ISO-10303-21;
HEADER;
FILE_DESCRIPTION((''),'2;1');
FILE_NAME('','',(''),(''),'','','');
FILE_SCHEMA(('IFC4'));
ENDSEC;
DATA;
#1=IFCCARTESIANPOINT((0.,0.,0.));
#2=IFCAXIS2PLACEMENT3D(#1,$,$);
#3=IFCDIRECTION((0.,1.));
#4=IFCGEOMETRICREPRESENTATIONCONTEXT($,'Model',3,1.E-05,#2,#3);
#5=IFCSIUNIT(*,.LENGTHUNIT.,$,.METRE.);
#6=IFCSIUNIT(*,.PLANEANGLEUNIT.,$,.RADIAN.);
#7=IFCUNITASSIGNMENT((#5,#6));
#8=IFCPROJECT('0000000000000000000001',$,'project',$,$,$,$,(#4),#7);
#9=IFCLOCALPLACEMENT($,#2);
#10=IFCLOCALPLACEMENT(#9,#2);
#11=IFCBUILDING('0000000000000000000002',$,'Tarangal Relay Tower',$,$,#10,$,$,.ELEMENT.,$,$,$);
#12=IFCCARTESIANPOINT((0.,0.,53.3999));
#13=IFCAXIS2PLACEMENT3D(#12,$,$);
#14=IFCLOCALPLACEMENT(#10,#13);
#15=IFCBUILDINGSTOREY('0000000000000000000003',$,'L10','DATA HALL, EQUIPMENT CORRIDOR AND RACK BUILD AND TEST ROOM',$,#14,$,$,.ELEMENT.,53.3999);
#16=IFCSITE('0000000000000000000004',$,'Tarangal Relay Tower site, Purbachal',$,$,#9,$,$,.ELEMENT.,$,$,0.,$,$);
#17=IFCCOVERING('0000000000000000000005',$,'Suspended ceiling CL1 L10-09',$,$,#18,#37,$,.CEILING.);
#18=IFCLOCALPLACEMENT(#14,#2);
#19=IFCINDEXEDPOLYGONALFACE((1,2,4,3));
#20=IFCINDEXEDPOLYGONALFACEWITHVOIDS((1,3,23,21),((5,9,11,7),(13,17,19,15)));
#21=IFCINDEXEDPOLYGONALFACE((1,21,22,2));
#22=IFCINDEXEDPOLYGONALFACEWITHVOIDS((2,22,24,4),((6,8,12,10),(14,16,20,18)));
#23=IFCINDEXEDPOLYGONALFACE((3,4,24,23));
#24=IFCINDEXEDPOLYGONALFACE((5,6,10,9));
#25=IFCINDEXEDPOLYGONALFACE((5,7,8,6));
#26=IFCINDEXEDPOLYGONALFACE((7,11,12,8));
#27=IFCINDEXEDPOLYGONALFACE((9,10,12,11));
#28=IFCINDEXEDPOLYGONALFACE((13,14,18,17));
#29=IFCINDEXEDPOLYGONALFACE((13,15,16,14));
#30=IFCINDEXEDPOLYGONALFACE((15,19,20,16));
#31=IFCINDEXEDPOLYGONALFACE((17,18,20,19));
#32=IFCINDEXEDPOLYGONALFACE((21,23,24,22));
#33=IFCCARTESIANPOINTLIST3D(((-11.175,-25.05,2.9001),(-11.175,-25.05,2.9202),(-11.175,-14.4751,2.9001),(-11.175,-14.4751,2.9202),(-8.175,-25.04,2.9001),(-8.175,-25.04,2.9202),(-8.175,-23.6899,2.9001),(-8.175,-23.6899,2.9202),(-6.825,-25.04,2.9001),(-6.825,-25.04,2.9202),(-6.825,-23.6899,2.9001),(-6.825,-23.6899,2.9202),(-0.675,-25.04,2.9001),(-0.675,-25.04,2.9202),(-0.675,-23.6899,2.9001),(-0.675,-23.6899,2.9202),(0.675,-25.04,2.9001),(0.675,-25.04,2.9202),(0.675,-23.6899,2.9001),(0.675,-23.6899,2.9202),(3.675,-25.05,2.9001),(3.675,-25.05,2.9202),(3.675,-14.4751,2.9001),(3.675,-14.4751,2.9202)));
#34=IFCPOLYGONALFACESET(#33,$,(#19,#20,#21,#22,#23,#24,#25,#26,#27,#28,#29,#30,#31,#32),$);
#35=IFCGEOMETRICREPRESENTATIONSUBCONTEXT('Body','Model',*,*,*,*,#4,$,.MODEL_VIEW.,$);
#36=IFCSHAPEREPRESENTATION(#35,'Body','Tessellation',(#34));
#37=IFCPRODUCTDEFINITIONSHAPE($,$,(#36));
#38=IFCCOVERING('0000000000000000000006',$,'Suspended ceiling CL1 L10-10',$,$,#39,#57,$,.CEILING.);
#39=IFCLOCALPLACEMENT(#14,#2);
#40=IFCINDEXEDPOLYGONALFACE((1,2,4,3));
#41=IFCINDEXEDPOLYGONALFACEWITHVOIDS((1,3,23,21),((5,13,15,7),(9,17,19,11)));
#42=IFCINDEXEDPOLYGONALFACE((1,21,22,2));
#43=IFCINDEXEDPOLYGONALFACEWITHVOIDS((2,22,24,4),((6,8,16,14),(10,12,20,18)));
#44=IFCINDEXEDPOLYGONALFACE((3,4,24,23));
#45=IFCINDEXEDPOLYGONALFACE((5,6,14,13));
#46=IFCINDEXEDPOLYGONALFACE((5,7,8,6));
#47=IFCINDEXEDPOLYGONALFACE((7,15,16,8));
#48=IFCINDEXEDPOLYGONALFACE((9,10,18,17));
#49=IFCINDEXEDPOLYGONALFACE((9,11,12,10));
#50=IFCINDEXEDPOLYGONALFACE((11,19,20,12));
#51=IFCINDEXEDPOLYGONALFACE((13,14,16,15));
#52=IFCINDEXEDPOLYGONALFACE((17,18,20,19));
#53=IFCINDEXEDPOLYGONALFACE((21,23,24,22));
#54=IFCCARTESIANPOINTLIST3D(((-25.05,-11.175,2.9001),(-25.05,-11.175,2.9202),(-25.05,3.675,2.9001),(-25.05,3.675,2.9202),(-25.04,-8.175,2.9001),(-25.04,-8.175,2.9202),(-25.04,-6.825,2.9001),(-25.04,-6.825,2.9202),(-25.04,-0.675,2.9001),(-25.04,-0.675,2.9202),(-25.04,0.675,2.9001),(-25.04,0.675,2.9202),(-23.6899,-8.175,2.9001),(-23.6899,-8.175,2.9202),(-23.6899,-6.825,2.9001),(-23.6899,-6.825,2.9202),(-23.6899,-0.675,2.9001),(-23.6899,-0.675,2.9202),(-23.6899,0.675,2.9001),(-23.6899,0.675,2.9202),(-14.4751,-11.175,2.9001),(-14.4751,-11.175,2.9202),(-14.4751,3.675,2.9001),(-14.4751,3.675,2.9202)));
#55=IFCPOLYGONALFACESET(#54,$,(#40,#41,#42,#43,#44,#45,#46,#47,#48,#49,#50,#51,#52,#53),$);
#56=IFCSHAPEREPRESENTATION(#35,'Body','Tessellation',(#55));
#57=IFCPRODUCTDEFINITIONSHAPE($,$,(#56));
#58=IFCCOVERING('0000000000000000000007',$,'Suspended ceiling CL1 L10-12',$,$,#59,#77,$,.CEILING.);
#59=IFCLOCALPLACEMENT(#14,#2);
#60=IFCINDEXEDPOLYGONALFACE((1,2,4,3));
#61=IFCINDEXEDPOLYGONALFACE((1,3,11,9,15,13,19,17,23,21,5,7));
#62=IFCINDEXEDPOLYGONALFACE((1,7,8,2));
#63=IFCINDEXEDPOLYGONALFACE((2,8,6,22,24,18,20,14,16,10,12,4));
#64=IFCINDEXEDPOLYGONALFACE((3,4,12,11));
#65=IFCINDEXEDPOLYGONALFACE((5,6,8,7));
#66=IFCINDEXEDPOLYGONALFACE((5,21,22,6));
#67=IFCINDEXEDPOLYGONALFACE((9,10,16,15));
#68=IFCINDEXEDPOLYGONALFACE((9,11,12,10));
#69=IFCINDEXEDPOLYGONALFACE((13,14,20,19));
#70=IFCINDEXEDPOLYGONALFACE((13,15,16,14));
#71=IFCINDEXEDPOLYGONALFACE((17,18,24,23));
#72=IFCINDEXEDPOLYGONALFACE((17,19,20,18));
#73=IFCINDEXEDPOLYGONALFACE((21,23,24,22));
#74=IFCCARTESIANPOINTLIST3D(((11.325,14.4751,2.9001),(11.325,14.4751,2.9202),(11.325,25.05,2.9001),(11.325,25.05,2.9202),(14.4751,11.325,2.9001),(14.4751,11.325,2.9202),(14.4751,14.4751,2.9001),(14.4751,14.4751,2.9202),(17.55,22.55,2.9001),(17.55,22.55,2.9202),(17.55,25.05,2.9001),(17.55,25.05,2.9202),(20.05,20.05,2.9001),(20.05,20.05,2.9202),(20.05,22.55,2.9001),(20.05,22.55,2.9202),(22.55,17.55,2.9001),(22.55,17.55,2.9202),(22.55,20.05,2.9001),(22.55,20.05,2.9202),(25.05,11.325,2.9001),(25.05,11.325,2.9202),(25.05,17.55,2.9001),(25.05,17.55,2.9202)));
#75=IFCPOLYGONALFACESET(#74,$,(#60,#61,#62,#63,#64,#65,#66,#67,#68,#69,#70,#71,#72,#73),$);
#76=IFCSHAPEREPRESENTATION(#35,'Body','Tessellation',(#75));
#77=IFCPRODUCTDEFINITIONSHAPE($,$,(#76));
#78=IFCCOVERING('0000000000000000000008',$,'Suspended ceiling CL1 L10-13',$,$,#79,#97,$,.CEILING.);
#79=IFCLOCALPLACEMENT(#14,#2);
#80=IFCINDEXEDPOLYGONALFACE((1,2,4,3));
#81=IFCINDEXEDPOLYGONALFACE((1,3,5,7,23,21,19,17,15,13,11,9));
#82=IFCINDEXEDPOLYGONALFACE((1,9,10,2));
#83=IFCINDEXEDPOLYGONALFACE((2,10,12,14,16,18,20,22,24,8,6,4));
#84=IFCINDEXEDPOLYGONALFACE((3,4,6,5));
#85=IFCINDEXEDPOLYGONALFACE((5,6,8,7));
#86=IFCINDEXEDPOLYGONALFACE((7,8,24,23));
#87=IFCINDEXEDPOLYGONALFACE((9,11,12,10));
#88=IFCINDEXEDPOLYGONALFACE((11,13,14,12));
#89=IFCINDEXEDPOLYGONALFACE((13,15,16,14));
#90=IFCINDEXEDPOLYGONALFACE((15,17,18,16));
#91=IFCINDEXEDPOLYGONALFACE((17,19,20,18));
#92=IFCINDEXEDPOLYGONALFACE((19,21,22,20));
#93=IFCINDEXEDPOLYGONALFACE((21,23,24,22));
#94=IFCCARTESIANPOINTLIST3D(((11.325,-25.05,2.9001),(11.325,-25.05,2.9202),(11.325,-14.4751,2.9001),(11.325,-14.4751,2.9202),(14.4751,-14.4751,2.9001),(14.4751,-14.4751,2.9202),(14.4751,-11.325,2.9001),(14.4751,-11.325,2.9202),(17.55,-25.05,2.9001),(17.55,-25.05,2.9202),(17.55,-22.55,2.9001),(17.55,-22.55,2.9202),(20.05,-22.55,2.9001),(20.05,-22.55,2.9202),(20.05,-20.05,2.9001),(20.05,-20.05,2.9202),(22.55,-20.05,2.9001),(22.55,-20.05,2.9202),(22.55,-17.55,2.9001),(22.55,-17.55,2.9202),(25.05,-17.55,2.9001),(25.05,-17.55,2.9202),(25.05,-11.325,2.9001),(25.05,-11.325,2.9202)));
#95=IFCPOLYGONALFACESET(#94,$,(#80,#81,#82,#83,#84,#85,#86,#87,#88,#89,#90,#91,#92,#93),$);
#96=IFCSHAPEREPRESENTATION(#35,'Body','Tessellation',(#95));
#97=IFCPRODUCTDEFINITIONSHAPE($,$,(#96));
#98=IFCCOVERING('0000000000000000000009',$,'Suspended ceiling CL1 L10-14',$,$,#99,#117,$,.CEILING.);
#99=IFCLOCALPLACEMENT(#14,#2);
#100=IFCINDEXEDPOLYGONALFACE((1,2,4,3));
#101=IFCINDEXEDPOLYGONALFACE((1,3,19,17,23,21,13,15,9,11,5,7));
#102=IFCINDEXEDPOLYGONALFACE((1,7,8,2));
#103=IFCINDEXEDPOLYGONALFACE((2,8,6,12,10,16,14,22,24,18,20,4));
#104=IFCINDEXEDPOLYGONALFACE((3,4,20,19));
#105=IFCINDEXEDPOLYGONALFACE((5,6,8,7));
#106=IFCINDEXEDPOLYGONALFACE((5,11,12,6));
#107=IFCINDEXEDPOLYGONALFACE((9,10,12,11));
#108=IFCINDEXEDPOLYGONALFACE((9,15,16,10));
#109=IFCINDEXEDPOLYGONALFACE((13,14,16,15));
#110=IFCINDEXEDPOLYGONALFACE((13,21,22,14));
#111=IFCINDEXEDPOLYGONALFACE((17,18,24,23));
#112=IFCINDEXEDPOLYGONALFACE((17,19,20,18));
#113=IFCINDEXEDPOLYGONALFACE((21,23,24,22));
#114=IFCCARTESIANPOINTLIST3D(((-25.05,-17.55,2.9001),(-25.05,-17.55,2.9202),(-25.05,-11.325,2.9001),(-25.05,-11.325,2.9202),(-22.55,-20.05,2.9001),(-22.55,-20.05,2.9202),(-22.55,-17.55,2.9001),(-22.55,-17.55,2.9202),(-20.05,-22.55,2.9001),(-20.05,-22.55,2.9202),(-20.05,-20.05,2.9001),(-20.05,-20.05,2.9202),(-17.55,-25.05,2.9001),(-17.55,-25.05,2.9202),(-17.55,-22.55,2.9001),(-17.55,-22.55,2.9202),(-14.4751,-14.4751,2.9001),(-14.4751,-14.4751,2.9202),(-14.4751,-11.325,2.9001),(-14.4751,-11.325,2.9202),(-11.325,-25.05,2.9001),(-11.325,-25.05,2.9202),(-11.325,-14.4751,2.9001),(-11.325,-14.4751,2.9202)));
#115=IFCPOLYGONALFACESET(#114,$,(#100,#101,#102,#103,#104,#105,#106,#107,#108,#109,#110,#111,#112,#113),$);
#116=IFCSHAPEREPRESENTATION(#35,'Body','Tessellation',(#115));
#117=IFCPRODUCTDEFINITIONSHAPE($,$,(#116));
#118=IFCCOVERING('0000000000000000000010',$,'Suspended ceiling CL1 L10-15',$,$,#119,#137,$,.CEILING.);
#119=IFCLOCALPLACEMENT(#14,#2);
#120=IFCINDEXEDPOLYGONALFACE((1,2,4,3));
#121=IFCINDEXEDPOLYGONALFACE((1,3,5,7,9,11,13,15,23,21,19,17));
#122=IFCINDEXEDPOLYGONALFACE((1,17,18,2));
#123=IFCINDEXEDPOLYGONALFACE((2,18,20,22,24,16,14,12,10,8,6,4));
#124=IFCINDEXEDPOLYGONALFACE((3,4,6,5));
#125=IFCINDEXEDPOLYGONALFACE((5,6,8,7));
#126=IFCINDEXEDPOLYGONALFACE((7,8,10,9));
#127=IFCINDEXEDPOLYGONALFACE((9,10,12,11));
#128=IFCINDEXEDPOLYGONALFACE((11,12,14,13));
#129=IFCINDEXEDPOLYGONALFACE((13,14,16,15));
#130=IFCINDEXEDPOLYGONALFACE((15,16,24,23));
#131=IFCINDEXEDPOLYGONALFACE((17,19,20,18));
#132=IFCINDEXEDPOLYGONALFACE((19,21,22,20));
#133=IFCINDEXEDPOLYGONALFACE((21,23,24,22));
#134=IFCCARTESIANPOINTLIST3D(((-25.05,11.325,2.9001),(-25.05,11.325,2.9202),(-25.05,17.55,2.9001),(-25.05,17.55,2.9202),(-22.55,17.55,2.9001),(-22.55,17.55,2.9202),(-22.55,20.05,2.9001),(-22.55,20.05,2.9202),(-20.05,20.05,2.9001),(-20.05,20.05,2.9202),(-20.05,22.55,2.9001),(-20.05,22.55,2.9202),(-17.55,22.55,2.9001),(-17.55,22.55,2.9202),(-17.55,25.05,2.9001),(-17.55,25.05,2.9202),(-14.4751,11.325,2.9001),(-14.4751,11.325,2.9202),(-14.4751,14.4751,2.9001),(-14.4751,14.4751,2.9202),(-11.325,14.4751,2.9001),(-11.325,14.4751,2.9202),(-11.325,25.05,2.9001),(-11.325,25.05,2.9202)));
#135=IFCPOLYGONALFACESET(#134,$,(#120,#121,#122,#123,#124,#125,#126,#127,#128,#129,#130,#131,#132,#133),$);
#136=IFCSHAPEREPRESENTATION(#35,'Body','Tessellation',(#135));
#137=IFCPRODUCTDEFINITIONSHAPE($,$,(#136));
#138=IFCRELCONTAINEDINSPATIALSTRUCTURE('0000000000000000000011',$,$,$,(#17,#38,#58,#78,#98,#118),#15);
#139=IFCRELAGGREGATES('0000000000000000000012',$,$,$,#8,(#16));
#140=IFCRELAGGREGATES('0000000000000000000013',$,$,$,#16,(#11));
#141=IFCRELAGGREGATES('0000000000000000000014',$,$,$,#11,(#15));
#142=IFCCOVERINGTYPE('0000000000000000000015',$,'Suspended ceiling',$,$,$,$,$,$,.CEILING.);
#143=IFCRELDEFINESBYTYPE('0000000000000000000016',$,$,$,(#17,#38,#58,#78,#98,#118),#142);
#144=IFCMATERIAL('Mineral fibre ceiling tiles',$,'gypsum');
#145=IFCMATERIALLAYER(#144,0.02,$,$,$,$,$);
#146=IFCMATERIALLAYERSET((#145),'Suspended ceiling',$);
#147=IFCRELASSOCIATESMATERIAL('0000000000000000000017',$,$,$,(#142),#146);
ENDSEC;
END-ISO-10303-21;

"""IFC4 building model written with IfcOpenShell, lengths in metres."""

from ifc_helpers import new_model, si_unit, direction, frame, origin, place, context, subcontext, project, spatial, polyline, outline, extrude, material, layer, layer_set, type_object, element, save


model = new_model("IFC4")

# Units and contexts
model_context = context("Model", 3, precision=1e-05, world=origin(), true_north=direction((0.0, 1.0)))
body_context = subcontext(model_context, "Body", "Model", "MODEL_VIEW")
ifc_project = project(units=[si_unit("LENGTHUNIT", "METRE"), si_unit("PLANEANGLEUNIT", "RADIAN")], contexts=[model_context])

# Site, building, storey
site_placement = place(None, origin())
site = spatial("IfcSite", under=ifc_project, at=site_placement, Name="Tarangal Relay Tower site, Purbachal", CompositionType="ELEMENT", RefElevation=0.0)
building_placement = place(site_placement, origin())
building = spatial("IfcBuilding", under=site, at=building_placement, Name="Tarangal Relay Tower", CompositionType="ELEMENT")
storey_placement = place(building_placement, frame((0.0, 0.0, 53.3999)))
storey = spatial("IfcBuildingStorey", under=building, at=storey_placement, Name="L10", Description="DATA HALL, EQUIPMENT CORRIDOR AND RACK BUILD AND TEST ROOM", CompositionType="ELEMENT", Elevation=53.3999)

# Coverings
ifc_material_1 = material(Name="Mineral fibre ceiling tiles", Category="gypsum")
ifc_layer_1 = layer(ifc_material_1, 0.02)
ifc_layer_set_1 = layer_set([ifc_layer_1], Name="Suspended ceiling")
covering_type_1 = type_object("IfcCoveringType", Name="Suspended ceiling", PredefinedType="CEILING", material=ifc_layer_set_1)
covering_1_placement = place(storey_placement, frame((0.0, 0.0, 2.9001)))
element("IfcCovering", 1, at=covering_1_placement, inside=storey, type_object=covering_type_1, Name="Suspended ceiling CL1 L10-09", PredefinedType="CEILING", context=body_context, shape_type="SweptSolid", body=[
    extrude(outline(polyline([(-11.175, -25.05), (3.675, -25.05), (3.675, -14.4751), (-11.175, -14.4751), (-11.175, -25.05)]), holes=[polyline([(-6.825, -25.04), (-6.825, -23.6899), (-8.175, -23.6899), (-8.175, -25.04), (-6.825, -25.04)]), polyline([(0.675, -25.04), (0.675, -23.6899), (-0.675, -23.6899), (-0.675, -25.04), (0.675, -25.04)])]), origin(), (0.0, 0.0, 1.0), 0.02),
])
covering_2_placement = place(storey_placement, frame((0.0, 0.0, 2.9001)))
element("IfcCovering", 2, at=covering_2_placement, inside=storey, type_object=covering_type_1, Name="Suspended ceiling CL1 L10-10", PredefinedType="CEILING", context=body_context, shape_type="SweptSolid", body=[
    extrude(outline(polyline([(-25.05, 3.675), (-25.05, -11.175), (-14.4751, -11.175), (-14.4751, 3.675), (-25.05, 3.675)]), holes=[polyline([(-23.6899, -8.175), (-23.6899, -6.825), (-25.04, -6.825), (-25.04, -8.175), (-23.6899, -8.175)]), polyline([(-23.6899, -0.675), (-23.6899, 0.675), (-25.04, 0.675), (-25.04, -0.675), (-23.6899, -0.675)])]), origin(), (0.0, 0.0, 1.0), 0.02),
])
covering_3_placement = place(storey_placement, frame((0.0, 0.0, 2.9001)))
element("IfcCovering", 3, at=covering_3_placement, inside=storey, type_object=covering_type_1, Name="Suspended ceiling CL1 L10-12", PredefinedType="CEILING", context=body_context, shape_type="SweptSolid", body=[
    extrude(outline(polyline([(17.55, 25.05), (11.325, 25.05), (11.325, 14.4751), (14.4751, 14.4751), (14.4751, 11.325), (25.05, 11.325), (25.05, 17.55), (22.55, 17.55), (22.55, 20.05), (20.05, 20.05), (20.05, 22.55), (17.55, 22.55), (17.55, 25.05)])), origin(), (0.0, 0.0, 1.0), 0.02),
])
covering_4_placement = place(storey_placement, frame((0.0, 0.0, 2.9001)))
element("IfcCovering", 4, at=covering_4_placement, inside=storey, type_object=covering_type_1, Name="Suspended ceiling CL1 L10-13", PredefinedType="CEILING", context=body_context, shape_type="SweptSolid", body=[
    extrude(outline(polyline([(25.05, -11.325), (14.4751, -11.325), (14.4751, -14.4751), (11.325, -14.4751), (11.325, -25.05), (17.55, -25.05), (17.55, -22.55), (20.05, -22.55), (20.05, -20.05), (22.55, -20.05), (22.55, -17.55), (25.05, -17.55), (25.05, -11.325)])), origin(), (0.0, 0.0, 1.0), 0.02),
])
covering_5_placement = place(storey_placement, frame((0.0, 0.0, 2.9001)))
element("IfcCovering", 5, at=covering_5_placement, inside=storey, type_object=covering_type_1, Name="Suspended ceiling CL1 L10-14", PredefinedType="CEILING", context=body_context, shape_type="SweptSolid", body=[
    extrude(outline(polyline([(-17.55, -22.55), (-17.55, -25.05), (-11.325, -25.05), (-11.325, -14.4751), (-14.4751, -14.4751), (-14.4751, -11.325), (-25.05, -11.325), (-25.05, -17.55), (-22.55, -17.55), (-22.55, -20.05), (-20.05, -20.05), (-20.05, -22.55), (-17.55, -22.55)])), origin(), (0.0, 0.0, 1.0), 0.02),
])
covering_6_placement = place(storey_placement, frame((0.0, 0.0, 2.9001)))
element("IfcCovering", 6, at=covering_6_placement, inside=storey, type_object=covering_type_1, Name="Suspended ceiling CL1 L10-15", PredefinedType="CEILING", context=body_context, shape_type="SweptSolid", body=[
    extrude(outline(polyline([(-22.55, 17.55), (-25.05, 17.55), (-25.05, 11.325), (-14.4751, 11.325), (-14.4751, 14.4751), (-11.325, 14.4751), (-11.325, 25.05), (-17.55, 25.05), (-17.55, 22.55), (-20.05, 22.55), (-20.05, 20.05), (-22.55, 20.05), (-22.55, 17.55)])), origin(), (0.0, 0.0, 1.0), 0.02),
])

save(model, "model.ifc")
